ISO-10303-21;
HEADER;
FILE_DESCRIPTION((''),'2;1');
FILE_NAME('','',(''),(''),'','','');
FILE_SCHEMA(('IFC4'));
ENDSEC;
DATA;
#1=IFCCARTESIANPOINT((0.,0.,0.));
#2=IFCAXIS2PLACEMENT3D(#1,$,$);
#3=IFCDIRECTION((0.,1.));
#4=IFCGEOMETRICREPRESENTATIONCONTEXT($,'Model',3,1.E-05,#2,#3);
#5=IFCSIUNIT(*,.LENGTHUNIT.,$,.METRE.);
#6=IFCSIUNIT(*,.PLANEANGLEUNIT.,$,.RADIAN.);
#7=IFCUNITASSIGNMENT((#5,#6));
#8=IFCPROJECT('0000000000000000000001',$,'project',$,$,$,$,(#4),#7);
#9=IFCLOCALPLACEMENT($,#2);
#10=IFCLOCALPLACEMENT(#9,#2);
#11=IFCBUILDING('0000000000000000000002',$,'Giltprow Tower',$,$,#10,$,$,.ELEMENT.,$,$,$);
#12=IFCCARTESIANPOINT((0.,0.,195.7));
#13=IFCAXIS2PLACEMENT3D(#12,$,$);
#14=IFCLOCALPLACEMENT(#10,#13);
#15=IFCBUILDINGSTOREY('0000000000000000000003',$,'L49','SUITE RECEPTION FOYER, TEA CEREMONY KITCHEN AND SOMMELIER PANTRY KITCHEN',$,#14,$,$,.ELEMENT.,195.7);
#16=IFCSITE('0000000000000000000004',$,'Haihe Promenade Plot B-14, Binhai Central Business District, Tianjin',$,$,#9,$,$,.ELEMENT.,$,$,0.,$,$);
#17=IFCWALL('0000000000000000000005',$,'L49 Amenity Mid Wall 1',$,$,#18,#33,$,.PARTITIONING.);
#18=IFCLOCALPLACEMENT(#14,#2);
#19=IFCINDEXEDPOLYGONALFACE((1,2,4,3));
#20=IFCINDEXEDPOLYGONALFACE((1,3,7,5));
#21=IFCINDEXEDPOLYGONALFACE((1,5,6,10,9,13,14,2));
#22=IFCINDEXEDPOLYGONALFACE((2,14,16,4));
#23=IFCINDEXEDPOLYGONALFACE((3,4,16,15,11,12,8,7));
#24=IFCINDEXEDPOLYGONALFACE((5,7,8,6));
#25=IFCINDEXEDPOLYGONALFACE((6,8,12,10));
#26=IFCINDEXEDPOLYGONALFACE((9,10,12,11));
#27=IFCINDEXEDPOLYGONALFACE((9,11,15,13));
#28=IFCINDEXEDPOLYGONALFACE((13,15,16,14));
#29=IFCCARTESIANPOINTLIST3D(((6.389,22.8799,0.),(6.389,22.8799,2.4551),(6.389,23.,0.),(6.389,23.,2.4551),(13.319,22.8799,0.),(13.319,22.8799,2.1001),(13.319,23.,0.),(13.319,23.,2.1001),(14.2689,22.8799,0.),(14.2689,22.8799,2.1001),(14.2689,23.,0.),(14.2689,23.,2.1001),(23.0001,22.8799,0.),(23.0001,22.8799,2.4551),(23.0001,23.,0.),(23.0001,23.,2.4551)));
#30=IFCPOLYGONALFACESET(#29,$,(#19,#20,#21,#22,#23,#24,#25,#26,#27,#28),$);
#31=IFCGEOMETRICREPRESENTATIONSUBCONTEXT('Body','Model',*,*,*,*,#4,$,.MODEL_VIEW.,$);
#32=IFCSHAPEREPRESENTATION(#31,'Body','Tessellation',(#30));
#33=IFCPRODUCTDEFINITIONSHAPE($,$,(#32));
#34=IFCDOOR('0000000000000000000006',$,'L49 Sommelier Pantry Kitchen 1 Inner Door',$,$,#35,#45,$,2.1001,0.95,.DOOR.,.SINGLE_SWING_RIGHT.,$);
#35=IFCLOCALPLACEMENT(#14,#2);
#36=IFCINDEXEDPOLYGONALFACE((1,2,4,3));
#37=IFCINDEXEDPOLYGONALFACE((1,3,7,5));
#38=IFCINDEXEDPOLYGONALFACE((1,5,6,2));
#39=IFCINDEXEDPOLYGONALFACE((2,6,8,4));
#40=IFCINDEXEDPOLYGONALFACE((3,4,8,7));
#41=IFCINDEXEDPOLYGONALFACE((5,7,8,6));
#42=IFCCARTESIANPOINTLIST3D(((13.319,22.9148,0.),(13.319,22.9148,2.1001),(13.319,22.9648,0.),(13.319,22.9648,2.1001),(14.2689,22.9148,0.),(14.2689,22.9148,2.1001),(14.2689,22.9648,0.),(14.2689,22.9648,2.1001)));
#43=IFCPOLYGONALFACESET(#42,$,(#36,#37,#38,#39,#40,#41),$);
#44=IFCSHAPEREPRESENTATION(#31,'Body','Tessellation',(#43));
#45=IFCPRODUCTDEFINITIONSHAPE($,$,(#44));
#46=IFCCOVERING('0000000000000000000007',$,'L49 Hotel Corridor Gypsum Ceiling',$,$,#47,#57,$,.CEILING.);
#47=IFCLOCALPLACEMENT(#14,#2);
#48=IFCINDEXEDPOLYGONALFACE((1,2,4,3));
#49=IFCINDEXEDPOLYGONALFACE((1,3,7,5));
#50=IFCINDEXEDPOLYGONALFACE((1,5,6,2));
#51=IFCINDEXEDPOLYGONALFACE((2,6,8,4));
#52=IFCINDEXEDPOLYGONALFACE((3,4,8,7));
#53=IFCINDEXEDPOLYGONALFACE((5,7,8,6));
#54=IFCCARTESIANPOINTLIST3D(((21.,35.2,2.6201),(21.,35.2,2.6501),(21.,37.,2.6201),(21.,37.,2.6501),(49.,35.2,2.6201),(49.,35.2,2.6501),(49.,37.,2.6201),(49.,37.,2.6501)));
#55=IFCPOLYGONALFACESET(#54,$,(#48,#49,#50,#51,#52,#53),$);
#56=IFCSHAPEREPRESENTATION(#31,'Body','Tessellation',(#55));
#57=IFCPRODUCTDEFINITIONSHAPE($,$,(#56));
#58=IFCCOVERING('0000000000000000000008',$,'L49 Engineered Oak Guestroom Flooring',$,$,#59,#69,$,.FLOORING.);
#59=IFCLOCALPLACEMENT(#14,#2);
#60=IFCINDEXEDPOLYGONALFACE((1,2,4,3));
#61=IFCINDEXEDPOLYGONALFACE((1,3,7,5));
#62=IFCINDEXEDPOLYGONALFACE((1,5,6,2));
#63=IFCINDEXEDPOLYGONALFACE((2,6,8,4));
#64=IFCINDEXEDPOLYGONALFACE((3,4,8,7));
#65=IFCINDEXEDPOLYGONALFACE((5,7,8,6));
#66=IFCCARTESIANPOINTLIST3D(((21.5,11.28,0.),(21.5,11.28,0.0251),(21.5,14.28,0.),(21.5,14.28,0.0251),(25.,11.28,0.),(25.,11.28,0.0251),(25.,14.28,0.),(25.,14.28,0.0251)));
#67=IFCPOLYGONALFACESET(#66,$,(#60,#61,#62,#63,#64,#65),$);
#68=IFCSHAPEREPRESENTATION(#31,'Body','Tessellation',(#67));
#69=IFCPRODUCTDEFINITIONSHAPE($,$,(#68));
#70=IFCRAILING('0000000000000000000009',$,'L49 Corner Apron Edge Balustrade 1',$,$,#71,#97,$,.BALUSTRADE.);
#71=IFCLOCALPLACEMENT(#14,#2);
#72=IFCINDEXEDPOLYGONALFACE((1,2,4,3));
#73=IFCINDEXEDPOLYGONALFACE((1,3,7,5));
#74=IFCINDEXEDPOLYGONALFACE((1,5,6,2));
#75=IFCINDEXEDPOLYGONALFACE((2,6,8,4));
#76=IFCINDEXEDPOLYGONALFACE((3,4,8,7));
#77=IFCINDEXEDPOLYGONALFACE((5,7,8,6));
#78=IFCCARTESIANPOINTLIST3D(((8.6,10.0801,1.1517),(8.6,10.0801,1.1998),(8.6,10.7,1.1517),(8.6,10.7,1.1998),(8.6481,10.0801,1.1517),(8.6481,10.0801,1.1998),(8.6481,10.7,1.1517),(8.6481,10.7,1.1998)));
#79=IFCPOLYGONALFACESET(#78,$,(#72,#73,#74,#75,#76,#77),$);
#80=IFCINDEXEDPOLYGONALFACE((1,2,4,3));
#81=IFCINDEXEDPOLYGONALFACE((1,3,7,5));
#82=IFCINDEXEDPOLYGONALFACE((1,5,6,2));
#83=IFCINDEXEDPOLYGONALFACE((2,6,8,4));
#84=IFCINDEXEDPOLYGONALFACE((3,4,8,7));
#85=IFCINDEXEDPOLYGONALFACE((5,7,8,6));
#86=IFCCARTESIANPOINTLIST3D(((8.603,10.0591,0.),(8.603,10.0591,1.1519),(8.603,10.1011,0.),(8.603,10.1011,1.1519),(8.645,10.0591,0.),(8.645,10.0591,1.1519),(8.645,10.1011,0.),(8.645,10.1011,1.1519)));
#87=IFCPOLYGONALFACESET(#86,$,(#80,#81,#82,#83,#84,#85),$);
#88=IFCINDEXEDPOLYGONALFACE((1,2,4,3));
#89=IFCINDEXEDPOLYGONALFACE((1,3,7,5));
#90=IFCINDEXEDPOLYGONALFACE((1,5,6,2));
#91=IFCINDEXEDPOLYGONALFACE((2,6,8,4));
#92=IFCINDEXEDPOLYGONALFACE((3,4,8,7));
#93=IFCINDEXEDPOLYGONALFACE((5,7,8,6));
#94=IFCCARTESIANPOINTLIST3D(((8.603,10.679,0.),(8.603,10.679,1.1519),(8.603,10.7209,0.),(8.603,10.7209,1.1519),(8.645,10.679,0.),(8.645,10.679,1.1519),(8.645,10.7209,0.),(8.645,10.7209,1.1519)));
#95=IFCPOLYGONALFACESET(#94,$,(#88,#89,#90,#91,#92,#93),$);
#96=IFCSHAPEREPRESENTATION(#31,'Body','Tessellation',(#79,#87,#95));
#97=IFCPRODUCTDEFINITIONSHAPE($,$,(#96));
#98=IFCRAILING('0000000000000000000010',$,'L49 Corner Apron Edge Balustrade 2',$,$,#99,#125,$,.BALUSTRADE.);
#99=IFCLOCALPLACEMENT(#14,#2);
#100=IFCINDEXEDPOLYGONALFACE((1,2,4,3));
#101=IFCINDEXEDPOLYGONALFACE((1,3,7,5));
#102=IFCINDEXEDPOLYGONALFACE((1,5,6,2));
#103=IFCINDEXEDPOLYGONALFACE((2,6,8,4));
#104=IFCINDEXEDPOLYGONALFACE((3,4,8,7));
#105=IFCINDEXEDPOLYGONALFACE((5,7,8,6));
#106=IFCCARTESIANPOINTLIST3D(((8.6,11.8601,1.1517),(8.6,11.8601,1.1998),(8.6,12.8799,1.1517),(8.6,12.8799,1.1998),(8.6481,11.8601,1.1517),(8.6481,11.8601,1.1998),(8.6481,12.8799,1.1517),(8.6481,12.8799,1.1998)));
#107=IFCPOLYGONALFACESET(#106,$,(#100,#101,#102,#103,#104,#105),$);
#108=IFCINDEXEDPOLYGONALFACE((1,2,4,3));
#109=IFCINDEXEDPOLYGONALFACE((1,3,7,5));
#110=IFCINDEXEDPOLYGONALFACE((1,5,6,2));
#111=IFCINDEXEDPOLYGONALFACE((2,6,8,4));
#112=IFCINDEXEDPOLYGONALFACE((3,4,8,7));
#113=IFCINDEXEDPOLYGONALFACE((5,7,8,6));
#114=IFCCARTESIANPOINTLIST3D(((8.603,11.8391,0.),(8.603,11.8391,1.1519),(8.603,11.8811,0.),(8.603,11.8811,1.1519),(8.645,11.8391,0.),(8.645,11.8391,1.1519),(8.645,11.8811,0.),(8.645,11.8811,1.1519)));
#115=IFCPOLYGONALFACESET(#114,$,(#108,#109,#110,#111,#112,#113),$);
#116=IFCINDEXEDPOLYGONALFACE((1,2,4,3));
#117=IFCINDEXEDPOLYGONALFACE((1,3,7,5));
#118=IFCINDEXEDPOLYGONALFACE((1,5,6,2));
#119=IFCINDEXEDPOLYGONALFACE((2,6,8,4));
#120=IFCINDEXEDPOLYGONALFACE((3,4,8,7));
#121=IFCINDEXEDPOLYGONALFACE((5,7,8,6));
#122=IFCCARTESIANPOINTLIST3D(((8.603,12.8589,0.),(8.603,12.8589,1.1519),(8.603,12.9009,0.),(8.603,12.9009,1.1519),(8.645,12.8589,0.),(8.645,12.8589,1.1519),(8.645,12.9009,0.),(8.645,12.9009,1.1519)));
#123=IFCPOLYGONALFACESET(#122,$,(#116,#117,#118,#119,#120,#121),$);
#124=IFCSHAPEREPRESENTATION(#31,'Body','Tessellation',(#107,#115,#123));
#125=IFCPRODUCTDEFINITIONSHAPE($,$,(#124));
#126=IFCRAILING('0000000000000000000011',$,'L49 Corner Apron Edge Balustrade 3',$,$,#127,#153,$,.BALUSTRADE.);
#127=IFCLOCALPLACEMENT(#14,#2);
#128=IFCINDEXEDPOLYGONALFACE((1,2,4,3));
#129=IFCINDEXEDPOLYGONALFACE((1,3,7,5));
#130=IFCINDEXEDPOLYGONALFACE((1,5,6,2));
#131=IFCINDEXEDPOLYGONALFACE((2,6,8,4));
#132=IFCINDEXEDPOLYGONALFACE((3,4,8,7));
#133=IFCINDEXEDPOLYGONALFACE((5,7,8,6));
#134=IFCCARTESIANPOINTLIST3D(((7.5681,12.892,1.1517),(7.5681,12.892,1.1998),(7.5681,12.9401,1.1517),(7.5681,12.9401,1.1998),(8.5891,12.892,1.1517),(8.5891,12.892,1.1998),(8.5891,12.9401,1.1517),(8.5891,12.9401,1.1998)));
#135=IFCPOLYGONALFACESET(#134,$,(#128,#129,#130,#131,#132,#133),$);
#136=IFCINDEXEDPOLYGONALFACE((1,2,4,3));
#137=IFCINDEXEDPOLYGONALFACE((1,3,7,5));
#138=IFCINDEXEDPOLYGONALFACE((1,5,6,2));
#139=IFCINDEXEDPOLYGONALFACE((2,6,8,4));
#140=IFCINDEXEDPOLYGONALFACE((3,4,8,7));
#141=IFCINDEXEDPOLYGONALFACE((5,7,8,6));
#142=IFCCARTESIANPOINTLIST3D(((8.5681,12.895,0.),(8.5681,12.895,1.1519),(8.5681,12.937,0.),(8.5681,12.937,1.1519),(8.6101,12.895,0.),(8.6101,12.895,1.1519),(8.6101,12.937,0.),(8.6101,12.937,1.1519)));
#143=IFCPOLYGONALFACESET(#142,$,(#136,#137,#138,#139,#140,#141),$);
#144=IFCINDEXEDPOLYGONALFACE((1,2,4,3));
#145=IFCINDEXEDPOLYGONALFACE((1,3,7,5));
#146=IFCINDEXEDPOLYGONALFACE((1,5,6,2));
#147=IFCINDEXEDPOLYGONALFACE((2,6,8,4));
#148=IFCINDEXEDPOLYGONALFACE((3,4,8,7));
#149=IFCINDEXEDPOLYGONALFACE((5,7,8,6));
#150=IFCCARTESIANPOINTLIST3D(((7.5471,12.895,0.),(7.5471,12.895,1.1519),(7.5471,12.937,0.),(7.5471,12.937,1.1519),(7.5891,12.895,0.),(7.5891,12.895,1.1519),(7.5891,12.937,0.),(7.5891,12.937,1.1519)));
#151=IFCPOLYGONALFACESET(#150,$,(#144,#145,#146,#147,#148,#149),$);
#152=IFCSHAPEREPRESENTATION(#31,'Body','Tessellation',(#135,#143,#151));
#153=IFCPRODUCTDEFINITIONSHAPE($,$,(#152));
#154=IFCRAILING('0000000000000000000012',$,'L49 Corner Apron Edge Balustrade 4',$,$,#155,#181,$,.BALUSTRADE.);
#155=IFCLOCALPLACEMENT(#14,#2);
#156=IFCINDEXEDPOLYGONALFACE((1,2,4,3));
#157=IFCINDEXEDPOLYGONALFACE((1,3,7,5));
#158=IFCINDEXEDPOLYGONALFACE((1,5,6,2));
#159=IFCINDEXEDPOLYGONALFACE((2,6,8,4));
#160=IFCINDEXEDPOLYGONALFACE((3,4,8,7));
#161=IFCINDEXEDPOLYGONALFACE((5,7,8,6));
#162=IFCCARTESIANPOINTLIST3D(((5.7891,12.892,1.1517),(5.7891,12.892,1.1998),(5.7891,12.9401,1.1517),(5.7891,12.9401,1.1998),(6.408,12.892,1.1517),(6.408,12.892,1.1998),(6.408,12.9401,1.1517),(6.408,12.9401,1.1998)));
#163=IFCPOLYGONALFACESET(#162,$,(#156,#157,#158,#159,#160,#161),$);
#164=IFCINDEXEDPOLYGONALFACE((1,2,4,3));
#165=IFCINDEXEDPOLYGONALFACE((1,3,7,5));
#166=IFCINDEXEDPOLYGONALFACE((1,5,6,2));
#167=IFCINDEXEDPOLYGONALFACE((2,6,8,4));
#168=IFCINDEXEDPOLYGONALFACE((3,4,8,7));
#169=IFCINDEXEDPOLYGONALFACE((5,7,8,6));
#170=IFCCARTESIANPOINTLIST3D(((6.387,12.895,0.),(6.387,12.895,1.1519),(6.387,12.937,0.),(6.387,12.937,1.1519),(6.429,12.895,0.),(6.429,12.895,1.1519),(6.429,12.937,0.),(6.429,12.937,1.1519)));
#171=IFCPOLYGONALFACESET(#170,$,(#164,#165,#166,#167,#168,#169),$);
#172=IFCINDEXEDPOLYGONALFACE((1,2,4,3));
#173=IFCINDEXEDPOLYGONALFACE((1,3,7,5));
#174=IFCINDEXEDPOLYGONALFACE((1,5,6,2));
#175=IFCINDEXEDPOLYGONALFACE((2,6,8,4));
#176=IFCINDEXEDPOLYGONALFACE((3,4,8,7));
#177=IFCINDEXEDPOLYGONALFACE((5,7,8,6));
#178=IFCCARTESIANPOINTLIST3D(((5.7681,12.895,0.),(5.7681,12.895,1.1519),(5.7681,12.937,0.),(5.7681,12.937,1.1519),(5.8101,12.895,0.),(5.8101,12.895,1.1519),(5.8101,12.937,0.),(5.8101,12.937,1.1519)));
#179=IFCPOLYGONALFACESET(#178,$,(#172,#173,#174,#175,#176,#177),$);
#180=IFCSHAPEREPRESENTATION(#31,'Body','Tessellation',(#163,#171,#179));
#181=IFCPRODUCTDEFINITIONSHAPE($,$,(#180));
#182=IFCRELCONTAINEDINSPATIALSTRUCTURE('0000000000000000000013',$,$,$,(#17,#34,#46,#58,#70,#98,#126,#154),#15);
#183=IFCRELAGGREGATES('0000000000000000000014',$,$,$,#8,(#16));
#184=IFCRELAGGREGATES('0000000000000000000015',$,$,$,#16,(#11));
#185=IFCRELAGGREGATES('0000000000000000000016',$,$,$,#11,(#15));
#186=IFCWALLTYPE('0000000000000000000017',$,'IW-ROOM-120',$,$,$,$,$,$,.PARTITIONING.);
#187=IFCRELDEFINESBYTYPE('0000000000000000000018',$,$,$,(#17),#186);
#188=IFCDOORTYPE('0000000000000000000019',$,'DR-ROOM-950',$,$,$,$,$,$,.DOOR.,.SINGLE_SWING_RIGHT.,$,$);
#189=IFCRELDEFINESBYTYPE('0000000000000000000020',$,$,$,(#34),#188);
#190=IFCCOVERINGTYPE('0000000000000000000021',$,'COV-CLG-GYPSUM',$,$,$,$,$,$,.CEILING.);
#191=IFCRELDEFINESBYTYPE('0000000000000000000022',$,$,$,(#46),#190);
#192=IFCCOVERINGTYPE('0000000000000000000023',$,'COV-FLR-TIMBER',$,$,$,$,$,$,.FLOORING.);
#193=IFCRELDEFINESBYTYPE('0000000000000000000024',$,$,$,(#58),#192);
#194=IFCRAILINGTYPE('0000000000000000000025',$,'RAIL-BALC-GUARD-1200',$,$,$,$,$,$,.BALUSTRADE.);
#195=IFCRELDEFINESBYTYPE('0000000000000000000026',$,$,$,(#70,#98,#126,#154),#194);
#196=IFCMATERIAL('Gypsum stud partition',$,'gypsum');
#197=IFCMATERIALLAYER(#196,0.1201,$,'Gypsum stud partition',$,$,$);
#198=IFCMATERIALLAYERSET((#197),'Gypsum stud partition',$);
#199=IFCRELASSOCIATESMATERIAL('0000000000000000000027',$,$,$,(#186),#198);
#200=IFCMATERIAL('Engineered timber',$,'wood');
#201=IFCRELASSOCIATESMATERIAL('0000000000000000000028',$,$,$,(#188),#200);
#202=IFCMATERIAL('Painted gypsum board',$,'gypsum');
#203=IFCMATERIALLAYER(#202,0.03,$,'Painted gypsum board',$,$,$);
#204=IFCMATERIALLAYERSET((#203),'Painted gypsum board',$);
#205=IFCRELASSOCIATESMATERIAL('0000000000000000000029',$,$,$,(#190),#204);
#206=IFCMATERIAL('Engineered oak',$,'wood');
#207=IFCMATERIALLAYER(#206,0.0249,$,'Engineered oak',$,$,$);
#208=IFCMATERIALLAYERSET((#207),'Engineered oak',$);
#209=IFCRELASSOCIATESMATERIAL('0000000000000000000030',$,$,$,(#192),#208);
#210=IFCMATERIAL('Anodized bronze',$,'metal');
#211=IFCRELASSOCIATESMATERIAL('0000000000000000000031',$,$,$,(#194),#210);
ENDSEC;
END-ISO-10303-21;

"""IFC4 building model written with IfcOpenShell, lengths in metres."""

from ifc_helpers import new_model, si_unit, direction, frame, frame_2d, origin, origin_2d, place, context, subcontext, project, spatial, polyline, rectangle, outline, extrude, source, transform, mapped, material, layer, layer_set, type_object, element, fill, save


model = new_model("IFC4")

# Units and contexts
model_context = context("Model", 3, precision=1e-05, world=origin(), true_north=direction((0.0, 1.0)))
body_context = subcontext(model_context, "Body", "Model", "MODEL_VIEW")
ifc_project = project(units=[si_unit("LENGTHUNIT", "METRE"), si_unit("PLANEANGLEUNIT", "RADIAN")], contexts=[model_context])

# Site, building, storey
site_placement = place(None, origin())
site = spatial("IfcSite", under=ifc_project, at=site_placement, Name="Haihe Promenade Plot B-14, Binhai Central Business District, Tianjin", CompositionType="ELEMENT", RefElevation=0.0)
building_placement = place(site_placement, origin())
building = spatial("IfcBuilding", under=site, at=building_placement, Name="Giltprow Tower", CompositionType="ELEMENT")
storey_placement = place(building_placement, frame((0.0, 0.0, 195.7)))
storey = spatial("IfcBuildingStorey", under=building, at=storey_placement, Name="L49", Description="SUITE RECEPTION FOYER, TEA CEREMONY KITCHEN AND SOMMELIER PANTRY KITCHEN", CompositionType="ELEMENT", Elevation=195.7)

# Shared definitions
ifc_material_1 = material(Name="Anodized bronze", Category="metal")

# Wall, opening, door
ifc_material_2 = material(Name="Gypsum stud partition", Category="gypsum")
ifc_layer_1 = layer(ifc_material_2, 0.1201, Name="Gypsum stud partition")
ifc_layer_set_1 = layer_set([ifc_layer_1], Name="Gypsum stud partition")
wall_type_1 = type_object("IfcWallType", Name="IW-ROOM-120", PredefinedType="PARTITIONING", material=ifc_layer_set_1)
wall_1_placement = place(storey_placement, frame((6.3889, 22.9399, 0.0), z_axis=(0.0, 0.0, 1.0), x_axis=(1.0, 0.0, 0.0)))
wall_1 = element("IfcWall", 1, at=wall_1_placement, inside=storey, type_object=wall_type_1, Name="L49 Amenity Mid Wall 1", PredefinedType="PARTITIONING", context=body_context, shape_type="SweptSolid", body=[
    extrude(rectangle(XDim=16.6111, YDim=0.1201, at=frame_2d((8.3057, 0.0))), origin(), (0.0, 0.0, 1.0), 2.4551),
])
opening_1_placement = place(wall_1_placement, frame((6.9299, 0.0, 0.0)))
opening_1 = element("IfcOpeningElement", 2, at=opening_1_placement, cuts=wall_1, PredefinedType="OPENING", context=body_context, shape_type="SweptSolid", body=[
    extrude(rectangle(XDim=0.95, YDim=2.1001, at=frame_2d((0.4751, 1.05))), frame((0.0, 0.0701, 0.0), z_axis=(0.0, -1.0, 0.0), x_axis=(1.0, 0.0, 0.0)), (0.0, 0.0, 1.0), 0.1401),
])
ifc_material_3 = material(Name="Engineered timber", Category="wood")
door_type = type_object("IfcDoorType", Name="DR-ROOM-950", OperationType="SINGLE_SWING_RIGHT", PredefinedType="DOOR", material=ifc_material_3)
shared_shape_1 = source(origin(), body_context, "Body", "SweptSolid", [
    extrude(rectangle(XDim=0.95, YDim=2.1001, at=frame_2d((0.4751, 1.05))), frame((0.0, 0.0249, 0.0), z_axis=(0.0, -1.0, 0.0), x_axis=(1.0, 0.0, 0.0)), (0.0, 0.0, 1.0), 0.05),
])
door_placement = place(opening_1_placement, origin())
door = element("IfcDoor", 3, at=door_placement, inside=storey, type_object=door_type, Name="L49 Sommelier Pantry Kitchen 1 Inner Door", OperationType="SINGLE_SWING_RIGHT", OverallHeight=2.1001, OverallWidth=0.95, PredefinedType="DOOR", context=body_context, shape_type="MappedRepresentation", body=[
    mapped(shared_shape_1, transform((0.0, 0.0, 0.0), x_axis=(1.0, 0.0, 0.0), y_axis=(0.0, 1.0, 0.0), z_axis=(0.0, 0.0, 1.0), scale=1.0)),
])
fill(opening_1, door)

# Coverings
ifc_material_4 = material(Name="Painted gypsum board", Category="gypsum")
ifc_layer_2 = layer(ifc_material_4, 0.03, Name="Painted gypsum board")
ifc_layer_set_2 = layer_set([ifc_layer_2], Name="Painted gypsum board")
covering_type_1 = type_object("IfcCoveringType", Name="COV-CLG-GYPSUM", PredefinedType="CEILING", material=ifc_layer_set_2)
covering_1_placement = place(storey_placement, frame((0.0, 0.0, 2.6201)))
element("IfcCovering", 4, at=covering_1_placement, inside=storey, type_object=covering_type_1, Name="L49 Hotel Corridor Gypsum Ceiling", PredefinedType="CEILING", context=body_context, shape_type="SweptSolid", body=[
    extrude(outline(polyline([(21.0, 35.2), (49.0, 35.2), (49.0, 37.0), (21.0, 37.0), (21.0, 35.2)])), origin(), (0.0, 0.0, 1.0), 0.03),
])
ifc_material_5 = material(Name="Engineered oak", Category="wood")
ifc_layer_3 = layer(ifc_material_5, 0.0249, Name="Engineered oak")
ifc_layer_set_3 = layer_set([ifc_layer_3], Name="Engineered oak")
covering_type_2 = type_object("IfcCoveringType", Name="COV-FLR-TIMBER", PredefinedType="FLOORING", material=ifc_layer_set_3)
covering_2_placement = place(storey_placement, origin())
element("IfcCovering", 5, at=covering_2_placement, inside=storey, type_object=covering_type_2, Name="L49 Engineered Oak Guestroom Flooring", PredefinedType="FLOORING", context=body_context, shape_type="SweptSolid", body=[
    extrude(outline(polyline([(21.5, 11.28), (25.0, 11.28), (25.0, 14.28), (21.5, 14.28), (21.5, 11.28)])), origin(), (0.0, 0.0, 1.0), 0.0251),
])

# Railings
railing_type = type_object("IfcRailingType", Name="RAIL-BALC-GUARD-1200", PredefinedType="BALUSTRADE", material=ifc_material_1)
railing_1_placement = place(storey_placement, frame((8.624, 10.0801, 0.0)))
element("IfcRailing", 6, at=railing_1_placement, inside=storey, type_object=railing_type, Name="L49 Corner Apron Edge Balustrade 1", PredefinedType="BALUSTRADE", context=body_context, shape_type="SweptSolid", body=[
    extrude(rectangle(XDim=0.0481, YDim=0.0481, at=origin_2d()), frame((0.0, 0.0, 1.1758), z_axis=(0.0, 1.0, 0.0), x_axis=(-1.0, 0.0, 0.0)), (0.0, 0.0, 1.0), 0.6199),
    extrude(rectangle(XDim=0.042, YDim=0.042, at=origin_2d()), origin(), (0.0, 0.0, 1.0), 1.1519),
    extrude(rectangle(XDim=0.042, YDim=0.042, at=origin_2d()), frame((0.0, 0.6199, 0.0)), (0.0, 0.0, 1.0), 1.1519),
])
railing_2_placement = place(storey_placement, frame((8.624, 11.8601, 0.0)))
element("IfcRailing", 7, at=railing_2_placement, inside=storey, type_object=railing_type, Name="L49 Corner Apron Edge Balustrade 2", PredefinedType="BALUSTRADE", context=body_context, shape_type="SweptSolid", body=[
    extrude(rectangle(XDim=0.0481, YDim=0.0481, at=origin_2d()), frame((0.0, 0.0, 1.1758), z_axis=(0.0, 1.0, 0.0), x_axis=(-1.0, 0.0, 0.0)), (0.0, 0.0, 1.0), 1.0198),
    extrude(rectangle(XDim=0.042, YDim=0.042, at=origin_2d()), origin(), (0.0, 0.0, 1.0), 1.1519),
    extrude(rectangle(XDim=0.042, YDim=0.042, at=origin_2d()), frame((0.0, 1.0198, 0.0)), (0.0, 0.0, 1.0), 1.1519),
])
railing_3_placement = place(storey_placement, frame((8.5891, 12.916, 0.0)))
element("IfcRailing", 8, at=railing_3_placement, inside=storey, type_object=railing_type, Name="L49 Corner Apron Edge Balustrade 3", PredefinedType="BALUSTRADE", context=body_context, shape_type="SweptSolid", body=[
    extrude(rectangle(XDim=0.0481, YDim=0.0481, at=origin_2d()), frame((0.0, 0.0, 1.1758), z_axis=(-1.0, 0.0, 0.0), x_axis=(0.0, -1.0, 0.0)), (0.0, 0.0, 1.0), 1.021),
    extrude(rectangle(XDim=0.042, YDim=0.042, at=origin_2d()), origin(), (0.0, 0.0, 1.0), 1.1519),
    extrude(rectangle(XDim=0.042, YDim=0.042, at=origin_2d()), frame((-1.021, 0.0, 0.0)), (0.0, 0.0, 1.0), 1.1519),
])
railing_4_placement = place(storey_placement, frame((6.408, 12.916, 0.0)))
element("IfcRailing", 9, at=railing_4_placement, inside=storey, type_object=railing_type, Name="L49 Corner Apron Edge Balustrade 4", PredefinedType="BALUSTRADE", context=body_context, shape_type="SweptSolid", body=[
    extrude(rectangle(XDim=0.0481, YDim=0.0481, at=origin_2d()), frame((0.0, 0.0, 1.1758), z_axis=(-1.0, 0.0, 0.0), x_axis=(0.0, -1.0, 0.0)), (0.0, 0.0, 1.0), 0.6189),
    extrude(rectangle(XDim=0.042, YDim=0.042, at=origin_2d()), origin(), (0.0, 0.0, 1.0), 1.1519),
    extrude(rectangle(XDim=0.042, YDim=0.042, at=origin_2d()), frame((-0.6189, 0.0, 0.0)), (0.0, 0.0, 1.0), 1.1519),
])

save(model, "model.ifc")
